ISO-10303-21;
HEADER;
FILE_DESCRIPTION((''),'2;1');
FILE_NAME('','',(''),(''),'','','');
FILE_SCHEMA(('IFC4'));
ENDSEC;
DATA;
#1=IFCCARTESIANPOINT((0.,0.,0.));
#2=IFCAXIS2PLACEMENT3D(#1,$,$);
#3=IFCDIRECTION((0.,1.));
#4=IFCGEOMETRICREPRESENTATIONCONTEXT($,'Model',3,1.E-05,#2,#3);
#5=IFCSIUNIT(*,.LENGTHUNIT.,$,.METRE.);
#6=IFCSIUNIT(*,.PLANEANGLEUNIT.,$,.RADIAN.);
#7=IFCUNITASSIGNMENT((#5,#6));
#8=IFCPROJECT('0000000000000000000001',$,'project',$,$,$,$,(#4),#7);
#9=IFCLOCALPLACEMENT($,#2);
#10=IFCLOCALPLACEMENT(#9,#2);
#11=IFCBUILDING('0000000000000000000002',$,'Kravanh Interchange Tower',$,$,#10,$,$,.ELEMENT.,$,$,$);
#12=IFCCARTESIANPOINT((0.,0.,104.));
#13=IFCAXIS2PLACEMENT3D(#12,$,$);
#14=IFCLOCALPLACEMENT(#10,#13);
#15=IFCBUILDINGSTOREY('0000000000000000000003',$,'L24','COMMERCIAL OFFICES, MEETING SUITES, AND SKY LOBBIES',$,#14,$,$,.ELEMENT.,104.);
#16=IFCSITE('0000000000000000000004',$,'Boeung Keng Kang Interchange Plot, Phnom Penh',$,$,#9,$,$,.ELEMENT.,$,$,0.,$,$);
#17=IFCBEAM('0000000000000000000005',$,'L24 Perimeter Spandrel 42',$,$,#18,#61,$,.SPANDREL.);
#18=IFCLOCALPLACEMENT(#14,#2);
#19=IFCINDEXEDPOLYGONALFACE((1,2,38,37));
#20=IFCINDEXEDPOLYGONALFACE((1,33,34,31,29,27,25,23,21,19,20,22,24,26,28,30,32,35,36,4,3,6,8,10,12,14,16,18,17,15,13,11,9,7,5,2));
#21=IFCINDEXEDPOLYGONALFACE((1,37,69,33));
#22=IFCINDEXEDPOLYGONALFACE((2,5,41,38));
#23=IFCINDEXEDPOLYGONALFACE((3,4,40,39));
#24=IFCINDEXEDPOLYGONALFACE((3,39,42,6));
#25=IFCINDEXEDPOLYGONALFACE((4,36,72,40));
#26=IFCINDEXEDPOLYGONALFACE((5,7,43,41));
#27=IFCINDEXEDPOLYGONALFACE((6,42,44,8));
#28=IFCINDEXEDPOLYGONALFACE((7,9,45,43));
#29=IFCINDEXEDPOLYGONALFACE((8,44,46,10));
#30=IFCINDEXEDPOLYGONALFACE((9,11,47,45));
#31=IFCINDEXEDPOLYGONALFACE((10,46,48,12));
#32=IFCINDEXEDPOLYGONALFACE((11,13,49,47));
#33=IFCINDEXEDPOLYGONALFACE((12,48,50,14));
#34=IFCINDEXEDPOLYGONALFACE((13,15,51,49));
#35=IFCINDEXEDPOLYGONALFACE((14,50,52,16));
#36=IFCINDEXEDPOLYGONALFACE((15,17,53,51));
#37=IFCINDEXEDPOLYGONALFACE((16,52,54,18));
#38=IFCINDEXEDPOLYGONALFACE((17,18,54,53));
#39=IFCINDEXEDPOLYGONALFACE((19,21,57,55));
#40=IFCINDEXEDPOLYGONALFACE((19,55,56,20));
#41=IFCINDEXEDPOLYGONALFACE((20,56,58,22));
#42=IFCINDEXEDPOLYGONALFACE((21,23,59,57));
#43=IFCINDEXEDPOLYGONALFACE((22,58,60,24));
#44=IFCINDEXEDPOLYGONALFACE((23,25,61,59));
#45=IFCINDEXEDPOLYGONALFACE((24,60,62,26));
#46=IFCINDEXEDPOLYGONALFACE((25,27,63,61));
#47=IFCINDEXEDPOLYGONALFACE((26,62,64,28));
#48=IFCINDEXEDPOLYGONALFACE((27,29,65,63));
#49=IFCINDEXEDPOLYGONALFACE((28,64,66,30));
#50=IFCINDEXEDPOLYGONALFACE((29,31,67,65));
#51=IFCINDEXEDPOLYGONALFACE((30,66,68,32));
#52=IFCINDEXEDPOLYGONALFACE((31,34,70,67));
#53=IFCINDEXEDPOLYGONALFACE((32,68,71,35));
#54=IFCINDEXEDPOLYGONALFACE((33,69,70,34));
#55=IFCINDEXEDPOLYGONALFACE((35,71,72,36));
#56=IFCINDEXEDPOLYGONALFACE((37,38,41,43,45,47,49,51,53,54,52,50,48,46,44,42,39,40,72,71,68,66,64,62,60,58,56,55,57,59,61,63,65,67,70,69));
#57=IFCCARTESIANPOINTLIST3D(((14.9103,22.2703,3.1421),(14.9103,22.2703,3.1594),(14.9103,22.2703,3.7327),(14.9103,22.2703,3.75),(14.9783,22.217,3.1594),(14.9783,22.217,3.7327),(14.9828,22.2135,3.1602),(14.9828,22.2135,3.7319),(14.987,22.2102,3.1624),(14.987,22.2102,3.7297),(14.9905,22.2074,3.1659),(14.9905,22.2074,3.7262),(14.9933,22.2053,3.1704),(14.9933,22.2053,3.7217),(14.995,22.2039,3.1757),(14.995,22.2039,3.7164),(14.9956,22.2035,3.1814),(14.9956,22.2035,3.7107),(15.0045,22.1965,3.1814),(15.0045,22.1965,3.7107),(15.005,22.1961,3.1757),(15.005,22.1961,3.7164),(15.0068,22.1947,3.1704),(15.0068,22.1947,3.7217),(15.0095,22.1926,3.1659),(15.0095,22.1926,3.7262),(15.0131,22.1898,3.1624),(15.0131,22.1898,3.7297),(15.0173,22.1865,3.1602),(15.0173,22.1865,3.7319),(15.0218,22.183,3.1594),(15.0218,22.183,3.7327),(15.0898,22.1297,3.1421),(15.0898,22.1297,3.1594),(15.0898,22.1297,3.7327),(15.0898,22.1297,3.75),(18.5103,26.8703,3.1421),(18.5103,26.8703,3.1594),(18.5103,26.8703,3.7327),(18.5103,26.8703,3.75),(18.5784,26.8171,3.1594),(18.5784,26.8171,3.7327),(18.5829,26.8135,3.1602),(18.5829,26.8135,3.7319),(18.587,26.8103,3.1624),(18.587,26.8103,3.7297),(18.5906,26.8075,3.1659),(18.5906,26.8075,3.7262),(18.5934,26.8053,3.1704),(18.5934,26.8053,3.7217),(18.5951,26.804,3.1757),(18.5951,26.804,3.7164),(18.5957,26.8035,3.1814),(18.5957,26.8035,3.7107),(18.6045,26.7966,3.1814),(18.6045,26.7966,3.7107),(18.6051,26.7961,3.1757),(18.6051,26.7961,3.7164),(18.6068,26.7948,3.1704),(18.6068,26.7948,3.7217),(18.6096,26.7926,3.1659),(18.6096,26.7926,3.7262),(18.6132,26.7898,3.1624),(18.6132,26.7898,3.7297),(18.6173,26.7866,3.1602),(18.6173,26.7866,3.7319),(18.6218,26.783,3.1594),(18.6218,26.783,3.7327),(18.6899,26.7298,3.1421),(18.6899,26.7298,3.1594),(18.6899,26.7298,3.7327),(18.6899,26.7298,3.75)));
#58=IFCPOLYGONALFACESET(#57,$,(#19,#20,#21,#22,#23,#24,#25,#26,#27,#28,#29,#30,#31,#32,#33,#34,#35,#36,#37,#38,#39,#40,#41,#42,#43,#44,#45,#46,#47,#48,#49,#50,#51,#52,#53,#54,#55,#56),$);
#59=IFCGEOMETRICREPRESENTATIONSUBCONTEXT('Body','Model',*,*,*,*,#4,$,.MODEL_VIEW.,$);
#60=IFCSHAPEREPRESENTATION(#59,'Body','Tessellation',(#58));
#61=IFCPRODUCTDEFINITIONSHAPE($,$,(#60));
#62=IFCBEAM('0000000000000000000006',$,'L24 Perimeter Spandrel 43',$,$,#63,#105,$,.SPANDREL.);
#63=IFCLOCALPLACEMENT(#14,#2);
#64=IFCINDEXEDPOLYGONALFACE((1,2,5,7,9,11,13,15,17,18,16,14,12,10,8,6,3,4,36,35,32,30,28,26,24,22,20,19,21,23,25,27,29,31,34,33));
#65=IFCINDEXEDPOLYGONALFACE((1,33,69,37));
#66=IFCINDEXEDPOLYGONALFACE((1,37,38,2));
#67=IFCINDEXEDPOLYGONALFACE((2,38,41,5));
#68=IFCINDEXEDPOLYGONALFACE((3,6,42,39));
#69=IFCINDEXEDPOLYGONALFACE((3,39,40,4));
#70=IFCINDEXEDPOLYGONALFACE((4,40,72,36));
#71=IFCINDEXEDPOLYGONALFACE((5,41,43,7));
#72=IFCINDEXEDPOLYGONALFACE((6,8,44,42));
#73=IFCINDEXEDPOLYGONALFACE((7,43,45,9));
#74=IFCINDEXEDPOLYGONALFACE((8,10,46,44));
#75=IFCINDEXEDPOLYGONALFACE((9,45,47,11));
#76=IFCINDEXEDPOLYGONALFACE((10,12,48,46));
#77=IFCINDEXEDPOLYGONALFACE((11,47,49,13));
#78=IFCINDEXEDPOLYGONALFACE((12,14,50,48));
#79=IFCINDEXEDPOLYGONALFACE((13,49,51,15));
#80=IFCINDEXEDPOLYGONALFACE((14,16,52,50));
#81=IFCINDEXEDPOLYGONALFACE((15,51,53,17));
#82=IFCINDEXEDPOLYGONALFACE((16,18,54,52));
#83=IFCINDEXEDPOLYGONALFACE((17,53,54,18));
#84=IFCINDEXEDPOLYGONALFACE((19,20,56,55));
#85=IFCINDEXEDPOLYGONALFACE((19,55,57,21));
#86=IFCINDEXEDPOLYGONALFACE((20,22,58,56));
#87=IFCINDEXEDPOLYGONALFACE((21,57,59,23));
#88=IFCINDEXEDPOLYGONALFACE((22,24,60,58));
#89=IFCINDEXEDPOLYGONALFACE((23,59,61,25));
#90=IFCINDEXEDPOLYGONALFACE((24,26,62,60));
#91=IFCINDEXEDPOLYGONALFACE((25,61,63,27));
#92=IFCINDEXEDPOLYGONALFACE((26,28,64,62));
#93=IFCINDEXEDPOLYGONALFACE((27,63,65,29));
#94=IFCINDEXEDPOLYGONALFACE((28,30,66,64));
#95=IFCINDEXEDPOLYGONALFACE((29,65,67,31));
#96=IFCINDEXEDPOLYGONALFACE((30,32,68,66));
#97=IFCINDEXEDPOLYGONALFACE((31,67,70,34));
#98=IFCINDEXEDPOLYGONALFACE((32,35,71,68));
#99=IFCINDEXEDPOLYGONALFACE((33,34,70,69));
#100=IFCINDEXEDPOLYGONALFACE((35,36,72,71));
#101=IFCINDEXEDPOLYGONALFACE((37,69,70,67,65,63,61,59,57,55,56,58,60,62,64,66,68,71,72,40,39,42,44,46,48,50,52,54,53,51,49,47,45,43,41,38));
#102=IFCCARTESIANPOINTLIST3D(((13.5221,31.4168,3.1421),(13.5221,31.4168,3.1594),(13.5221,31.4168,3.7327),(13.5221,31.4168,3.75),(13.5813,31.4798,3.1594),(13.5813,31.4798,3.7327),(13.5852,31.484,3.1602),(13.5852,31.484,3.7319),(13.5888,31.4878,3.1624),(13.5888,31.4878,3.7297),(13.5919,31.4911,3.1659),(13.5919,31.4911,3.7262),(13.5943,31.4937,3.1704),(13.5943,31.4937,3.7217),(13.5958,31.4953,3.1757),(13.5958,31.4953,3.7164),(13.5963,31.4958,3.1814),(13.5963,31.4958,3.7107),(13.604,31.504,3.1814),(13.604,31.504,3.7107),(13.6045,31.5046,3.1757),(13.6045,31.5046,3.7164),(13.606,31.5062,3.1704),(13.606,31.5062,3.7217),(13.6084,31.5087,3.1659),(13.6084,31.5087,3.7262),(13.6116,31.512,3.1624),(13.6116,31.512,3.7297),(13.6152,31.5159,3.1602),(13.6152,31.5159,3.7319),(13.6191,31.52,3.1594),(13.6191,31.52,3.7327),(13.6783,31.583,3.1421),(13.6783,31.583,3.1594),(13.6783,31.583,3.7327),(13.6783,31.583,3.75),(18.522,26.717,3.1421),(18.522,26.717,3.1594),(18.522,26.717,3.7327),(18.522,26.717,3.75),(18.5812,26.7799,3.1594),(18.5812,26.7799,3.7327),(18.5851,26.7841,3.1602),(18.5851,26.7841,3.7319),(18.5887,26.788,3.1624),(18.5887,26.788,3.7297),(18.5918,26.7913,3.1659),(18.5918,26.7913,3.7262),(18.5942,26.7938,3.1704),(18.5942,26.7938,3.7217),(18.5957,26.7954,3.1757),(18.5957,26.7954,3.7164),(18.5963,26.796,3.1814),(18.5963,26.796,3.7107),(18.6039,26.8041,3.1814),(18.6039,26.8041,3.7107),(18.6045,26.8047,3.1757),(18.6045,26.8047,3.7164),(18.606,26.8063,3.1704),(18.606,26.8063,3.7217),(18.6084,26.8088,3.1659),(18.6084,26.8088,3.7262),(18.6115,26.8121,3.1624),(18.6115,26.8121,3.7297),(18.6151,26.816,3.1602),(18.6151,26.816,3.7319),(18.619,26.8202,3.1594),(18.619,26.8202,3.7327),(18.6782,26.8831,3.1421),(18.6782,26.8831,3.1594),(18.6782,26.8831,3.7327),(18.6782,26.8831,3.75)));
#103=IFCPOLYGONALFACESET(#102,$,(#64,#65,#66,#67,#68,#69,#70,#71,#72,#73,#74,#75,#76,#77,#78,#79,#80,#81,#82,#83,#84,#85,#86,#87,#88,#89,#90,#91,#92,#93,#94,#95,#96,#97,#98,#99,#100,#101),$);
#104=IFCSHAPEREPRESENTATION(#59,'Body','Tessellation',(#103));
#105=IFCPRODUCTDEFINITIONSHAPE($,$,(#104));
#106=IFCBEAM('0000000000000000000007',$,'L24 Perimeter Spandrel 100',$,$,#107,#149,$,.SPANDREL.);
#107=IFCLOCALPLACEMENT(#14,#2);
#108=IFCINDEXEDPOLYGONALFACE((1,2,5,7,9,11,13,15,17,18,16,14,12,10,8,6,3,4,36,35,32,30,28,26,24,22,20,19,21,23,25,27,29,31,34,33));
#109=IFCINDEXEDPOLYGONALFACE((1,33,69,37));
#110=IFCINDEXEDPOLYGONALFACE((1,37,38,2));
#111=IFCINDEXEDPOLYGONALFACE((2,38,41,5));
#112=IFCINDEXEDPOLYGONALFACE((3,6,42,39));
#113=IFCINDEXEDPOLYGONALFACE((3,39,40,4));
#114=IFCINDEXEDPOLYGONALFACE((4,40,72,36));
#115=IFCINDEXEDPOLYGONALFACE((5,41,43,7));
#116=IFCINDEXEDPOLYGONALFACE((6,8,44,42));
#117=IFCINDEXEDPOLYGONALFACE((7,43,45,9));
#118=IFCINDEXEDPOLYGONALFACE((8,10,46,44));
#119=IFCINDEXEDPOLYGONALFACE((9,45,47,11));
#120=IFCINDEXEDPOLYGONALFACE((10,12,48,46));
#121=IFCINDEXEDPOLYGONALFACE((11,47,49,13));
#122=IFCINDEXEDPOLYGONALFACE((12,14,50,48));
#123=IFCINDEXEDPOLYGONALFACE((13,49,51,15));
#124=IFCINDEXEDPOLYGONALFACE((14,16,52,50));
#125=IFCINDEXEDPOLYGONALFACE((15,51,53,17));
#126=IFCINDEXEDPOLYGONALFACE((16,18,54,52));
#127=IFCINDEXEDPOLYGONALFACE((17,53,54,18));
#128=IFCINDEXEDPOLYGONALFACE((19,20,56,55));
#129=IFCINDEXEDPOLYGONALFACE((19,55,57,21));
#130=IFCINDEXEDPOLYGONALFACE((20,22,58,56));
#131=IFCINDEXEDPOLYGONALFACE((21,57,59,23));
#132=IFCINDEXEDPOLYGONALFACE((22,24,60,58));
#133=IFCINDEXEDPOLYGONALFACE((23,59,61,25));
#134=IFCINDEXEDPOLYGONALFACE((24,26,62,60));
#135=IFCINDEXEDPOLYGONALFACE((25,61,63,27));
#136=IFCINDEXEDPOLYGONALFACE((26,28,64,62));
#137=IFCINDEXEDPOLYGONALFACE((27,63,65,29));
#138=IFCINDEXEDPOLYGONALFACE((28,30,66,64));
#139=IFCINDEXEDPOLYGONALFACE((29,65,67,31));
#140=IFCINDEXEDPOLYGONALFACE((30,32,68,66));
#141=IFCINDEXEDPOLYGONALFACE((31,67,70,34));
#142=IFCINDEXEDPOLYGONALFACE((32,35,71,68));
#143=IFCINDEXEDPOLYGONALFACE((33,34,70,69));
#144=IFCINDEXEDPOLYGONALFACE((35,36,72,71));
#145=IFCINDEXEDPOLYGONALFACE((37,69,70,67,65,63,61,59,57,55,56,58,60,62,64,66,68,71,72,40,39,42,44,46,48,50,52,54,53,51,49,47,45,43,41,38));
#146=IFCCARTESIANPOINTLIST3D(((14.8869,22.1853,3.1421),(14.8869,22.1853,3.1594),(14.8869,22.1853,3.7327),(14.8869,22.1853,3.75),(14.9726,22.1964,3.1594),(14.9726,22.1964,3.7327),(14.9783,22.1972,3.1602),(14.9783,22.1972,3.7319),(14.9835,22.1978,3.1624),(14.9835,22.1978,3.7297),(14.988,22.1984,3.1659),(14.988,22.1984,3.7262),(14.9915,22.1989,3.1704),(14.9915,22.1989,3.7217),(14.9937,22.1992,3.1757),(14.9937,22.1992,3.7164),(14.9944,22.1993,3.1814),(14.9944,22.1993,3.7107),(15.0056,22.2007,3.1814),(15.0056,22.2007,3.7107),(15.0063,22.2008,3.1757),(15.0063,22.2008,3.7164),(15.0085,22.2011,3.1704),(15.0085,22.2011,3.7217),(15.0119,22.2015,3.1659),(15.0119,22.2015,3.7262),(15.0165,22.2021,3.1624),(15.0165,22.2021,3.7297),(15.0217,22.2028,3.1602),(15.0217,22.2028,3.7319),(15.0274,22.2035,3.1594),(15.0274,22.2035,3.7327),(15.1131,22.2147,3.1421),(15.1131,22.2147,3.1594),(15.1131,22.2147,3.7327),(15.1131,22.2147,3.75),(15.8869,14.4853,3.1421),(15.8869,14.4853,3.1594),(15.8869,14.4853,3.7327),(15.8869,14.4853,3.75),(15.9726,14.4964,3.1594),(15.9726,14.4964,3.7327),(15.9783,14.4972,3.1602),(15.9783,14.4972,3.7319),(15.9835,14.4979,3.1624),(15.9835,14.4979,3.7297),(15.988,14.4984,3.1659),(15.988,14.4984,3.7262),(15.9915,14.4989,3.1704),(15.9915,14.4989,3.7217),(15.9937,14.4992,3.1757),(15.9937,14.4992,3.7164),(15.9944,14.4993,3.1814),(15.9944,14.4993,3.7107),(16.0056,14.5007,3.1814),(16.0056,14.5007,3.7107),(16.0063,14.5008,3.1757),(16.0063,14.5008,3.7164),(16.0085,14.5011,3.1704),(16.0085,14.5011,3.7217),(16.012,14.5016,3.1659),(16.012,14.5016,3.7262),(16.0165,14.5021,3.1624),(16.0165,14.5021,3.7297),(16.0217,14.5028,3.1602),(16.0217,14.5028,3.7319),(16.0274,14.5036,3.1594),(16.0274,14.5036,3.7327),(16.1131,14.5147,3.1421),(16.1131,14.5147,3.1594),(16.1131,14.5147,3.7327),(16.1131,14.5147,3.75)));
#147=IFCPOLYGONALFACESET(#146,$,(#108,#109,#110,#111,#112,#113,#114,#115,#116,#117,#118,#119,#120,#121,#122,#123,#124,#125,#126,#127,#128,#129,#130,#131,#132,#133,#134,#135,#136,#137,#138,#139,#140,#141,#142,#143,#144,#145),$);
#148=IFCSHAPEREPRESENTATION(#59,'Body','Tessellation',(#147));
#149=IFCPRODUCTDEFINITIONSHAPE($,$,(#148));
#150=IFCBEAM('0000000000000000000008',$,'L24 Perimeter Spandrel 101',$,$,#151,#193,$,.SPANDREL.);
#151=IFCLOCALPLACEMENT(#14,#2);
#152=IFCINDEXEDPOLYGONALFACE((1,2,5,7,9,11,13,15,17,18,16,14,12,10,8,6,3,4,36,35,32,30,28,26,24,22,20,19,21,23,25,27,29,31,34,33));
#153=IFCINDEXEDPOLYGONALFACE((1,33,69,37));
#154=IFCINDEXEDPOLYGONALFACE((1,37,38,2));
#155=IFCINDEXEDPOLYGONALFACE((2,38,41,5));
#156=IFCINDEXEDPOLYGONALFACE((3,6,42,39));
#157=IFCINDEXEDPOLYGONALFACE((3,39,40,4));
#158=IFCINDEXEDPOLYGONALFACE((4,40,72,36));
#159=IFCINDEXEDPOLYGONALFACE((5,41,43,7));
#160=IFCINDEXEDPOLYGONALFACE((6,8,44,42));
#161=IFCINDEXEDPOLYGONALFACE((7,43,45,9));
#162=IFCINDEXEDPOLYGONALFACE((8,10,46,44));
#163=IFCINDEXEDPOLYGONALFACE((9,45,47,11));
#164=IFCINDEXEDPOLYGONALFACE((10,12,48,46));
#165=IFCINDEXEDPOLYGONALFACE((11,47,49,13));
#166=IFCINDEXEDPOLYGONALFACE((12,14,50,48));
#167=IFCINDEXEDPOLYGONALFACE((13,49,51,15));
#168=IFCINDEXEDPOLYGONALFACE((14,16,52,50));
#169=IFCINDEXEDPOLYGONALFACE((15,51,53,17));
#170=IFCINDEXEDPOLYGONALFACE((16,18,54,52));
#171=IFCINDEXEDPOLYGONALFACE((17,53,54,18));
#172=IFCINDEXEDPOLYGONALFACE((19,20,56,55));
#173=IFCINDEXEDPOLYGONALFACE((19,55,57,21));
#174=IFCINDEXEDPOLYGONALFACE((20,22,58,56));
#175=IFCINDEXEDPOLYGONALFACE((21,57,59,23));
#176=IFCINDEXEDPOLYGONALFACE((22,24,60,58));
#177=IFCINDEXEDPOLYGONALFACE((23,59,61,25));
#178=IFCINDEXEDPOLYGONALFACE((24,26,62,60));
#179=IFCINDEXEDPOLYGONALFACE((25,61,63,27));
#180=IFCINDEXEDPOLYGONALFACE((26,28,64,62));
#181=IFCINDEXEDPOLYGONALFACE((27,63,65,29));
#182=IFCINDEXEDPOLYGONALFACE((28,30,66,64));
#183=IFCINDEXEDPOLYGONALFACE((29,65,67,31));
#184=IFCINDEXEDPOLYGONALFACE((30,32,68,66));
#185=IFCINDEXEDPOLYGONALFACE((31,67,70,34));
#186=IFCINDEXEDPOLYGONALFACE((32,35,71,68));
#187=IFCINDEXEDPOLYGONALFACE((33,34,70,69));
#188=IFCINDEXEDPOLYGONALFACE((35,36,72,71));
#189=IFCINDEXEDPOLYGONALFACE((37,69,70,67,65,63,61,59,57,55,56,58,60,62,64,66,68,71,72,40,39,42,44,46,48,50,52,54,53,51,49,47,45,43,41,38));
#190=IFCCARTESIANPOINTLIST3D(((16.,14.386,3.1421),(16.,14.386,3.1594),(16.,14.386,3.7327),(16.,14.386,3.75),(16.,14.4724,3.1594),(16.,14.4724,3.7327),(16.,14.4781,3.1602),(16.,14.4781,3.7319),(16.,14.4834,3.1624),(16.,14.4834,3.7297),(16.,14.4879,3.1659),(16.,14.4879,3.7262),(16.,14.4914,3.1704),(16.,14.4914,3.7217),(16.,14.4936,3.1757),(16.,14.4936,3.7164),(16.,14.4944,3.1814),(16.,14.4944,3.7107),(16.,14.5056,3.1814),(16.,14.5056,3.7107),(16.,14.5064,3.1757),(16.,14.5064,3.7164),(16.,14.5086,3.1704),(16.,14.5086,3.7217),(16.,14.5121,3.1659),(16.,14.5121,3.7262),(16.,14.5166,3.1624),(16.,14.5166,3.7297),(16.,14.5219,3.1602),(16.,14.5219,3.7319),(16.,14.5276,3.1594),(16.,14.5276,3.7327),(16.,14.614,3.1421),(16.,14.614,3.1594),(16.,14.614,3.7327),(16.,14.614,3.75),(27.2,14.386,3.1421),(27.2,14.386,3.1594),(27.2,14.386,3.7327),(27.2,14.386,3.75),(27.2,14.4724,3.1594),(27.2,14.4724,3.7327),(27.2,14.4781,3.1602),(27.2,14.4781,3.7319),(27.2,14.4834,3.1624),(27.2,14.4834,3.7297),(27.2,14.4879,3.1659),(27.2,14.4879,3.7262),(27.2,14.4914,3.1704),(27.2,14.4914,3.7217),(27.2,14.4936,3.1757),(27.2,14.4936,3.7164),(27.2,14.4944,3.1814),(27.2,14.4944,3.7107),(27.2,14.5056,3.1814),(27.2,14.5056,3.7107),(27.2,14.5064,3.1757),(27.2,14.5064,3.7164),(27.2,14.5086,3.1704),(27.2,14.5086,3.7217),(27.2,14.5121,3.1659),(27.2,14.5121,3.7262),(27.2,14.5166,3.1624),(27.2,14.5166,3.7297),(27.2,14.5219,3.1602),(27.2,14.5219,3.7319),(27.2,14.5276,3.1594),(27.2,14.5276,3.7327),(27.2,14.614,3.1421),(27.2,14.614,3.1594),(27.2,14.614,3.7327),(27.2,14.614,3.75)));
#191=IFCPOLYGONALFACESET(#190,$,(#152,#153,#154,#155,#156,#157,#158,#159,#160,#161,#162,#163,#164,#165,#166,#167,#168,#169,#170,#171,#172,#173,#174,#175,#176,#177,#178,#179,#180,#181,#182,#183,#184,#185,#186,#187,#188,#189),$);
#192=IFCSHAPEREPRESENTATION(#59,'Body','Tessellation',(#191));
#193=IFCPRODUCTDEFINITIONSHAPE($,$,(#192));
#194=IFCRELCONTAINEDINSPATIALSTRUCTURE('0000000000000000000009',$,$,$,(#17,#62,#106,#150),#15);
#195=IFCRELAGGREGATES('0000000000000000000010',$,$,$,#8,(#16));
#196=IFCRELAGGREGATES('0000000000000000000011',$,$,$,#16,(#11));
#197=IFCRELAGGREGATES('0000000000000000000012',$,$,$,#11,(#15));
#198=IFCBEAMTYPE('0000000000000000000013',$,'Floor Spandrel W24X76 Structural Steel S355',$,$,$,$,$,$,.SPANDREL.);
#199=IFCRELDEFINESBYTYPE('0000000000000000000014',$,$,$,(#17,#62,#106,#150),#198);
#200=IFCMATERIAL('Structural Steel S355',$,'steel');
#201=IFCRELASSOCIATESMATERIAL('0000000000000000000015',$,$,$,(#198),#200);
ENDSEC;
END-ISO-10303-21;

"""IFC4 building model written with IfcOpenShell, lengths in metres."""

from ifc_helpers import new_model, si_unit, direction, frame, origin, origin_2d, place, context, subcontext, project, spatial, i_section, extrude, material, material_profile, profile_set, type_object, element, save


model = new_model("IFC4")

# Units and contexts
model_context = context("Model", 3, precision=1e-05, world=origin(), true_north=direction((0.0, 1.0)))
body_context = subcontext(model_context, "Body", "Model", "MODEL_VIEW")
ifc_project = project(units=[si_unit("LENGTHUNIT", "METRE"), si_unit("PLANEANGLEUNIT", "RADIAN")], contexts=[model_context])

# Site, building, storey
site_placement = place(None, origin())
site = spatial("IfcSite", under=ifc_project, at=site_placement, Name="Boeung Keng Kang Interchange Plot, Phnom Penh", CompositionType="ELEMENT", RefElevation=0.0)
building_placement = place(site_placement, origin())
building = spatial("IfcBuilding", under=site, at=building_placement, Name="Kravanh Interchange Tower", CompositionType="ELEMENT")
storey_placement = place(building_placement, frame((0.0, 0.0, 104.0)))
storey = spatial("IfcBuildingStorey", under=building, at=storey_placement, Name="L24", Description="COMMERCIAL OFFICES, MEETING SUITES, AND SKY LOBBIES", CompositionType="ELEMENT", Elevation=104.0)

# Beams
ifc_material_1 = material(Name="Structural Steel S355", Category="steel")
ifc_material_profile_1 = material_profile(ifc_material_1, i_section(OverallWidth=0.228, OverallDepth=0.6079, WebThickness=0.0112, FlangeThickness=0.0173, FilletRadius=0.022, at=origin_2d()), Name="W24X76")
ifc_profile_set_1 = profile_set([ifc_material_profile_1], Name="Structural Steel S355")
beam_type_1 = type_object("IfcBeamType", Name="Floor Spandrel W24X76 Structural Steel S355", PredefinedType="SPANDREL", material=ifc_profile_set_1)
beam_1_placement = place(storey_placement, frame((18.6001, 26.8, 3.446), z_axis=(-0.616311, -0.787503, 0.0), x_axis=(0.787503, -0.616311, 0.0)))
element("IfcBeam", 1, at=beam_1_placement, inside=storey, type_object=beam_type_1, Name="L24 Perimeter Spandrel 42", PredefinedType="SPANDREL", context=body_context, shape_type="SweptSolid", body=[
    extrude(i_section(OverallWidth=0.228, OverallDepth=0.6079, WebThickness=0.0112, FlangeThickness=0.0173, FilletRadius=0.022, at=origin_2d()), origin(), (0.0, 0.0, 1.0), 5.8413),
])
beam_2_placement = place(storey_placement, frame((18.6001, 26.8, 3.446), z_axis=(-0.728631, 0.684906, 0.0), x_axis=(-0.684906, -0.728631, 0.0)))
element("IfcBeam", 2, at=beam_2_placement, inside=storey, type_object=beam_type_1, Name="L24 Perimeter Spandrel 43", PredefinedType="SPANDREL", context=body_context, shape_type="SweptSolid", body=[
    extrude(i_section(OverallWidth=0.228, OverallDepth=0.6079, WebThickness=0.0112, FlangeThickness=0.0173, FilletRadius=0.022, at=origin_2d()), origin(), (0.0, 0.0, 1.0), 6.8621),
])
beam_3_placement = place(storey_placement, frame((16.0, 14.5, 3.446), z_axis=(-0.128789, 0.991672, 0.0), x_axis=(-0.991672, -0.128789, 0.0)))
element("IfcBeam", 3, at=beam_3_placement, inside=storey, type_object=beam_type_1, Name="L24 Perimeter Spandrel 100", PredefinedType="SPANDREL", context=body_context, shape_type="SweptSolid", body=[
    extrude(i_section(OverallWidth=0.228, OverallDepth=0.6079, WebThickness=0.0112, FlangeThickness=0.0173, FilletRadius=0.022, at=origin_2d()), origin(), (0.0, 0.0, 1.0), 7.7646),
])
beam_4_placement = place(storey_placement, frame((16.0, 14.5, 3.446), z_axis=(1.0, 0.0, 0.0), x_axis=(0.0, 1.0, 0.0)))
element("IfcBeam", 4, at=beam_4_placement, inside=storey, type_object=beam_type_1, Name="L24 Perimeter Spandrel 101", PredefinedType="SPANDREL", context=body_context, shape_type="SweptSolid", body=[
    extrude(i_section(OverallWidth=0.228, OverallDepth=0.6079, WebThickness=0.0112, FlangeThickness=0.0173, FilletRadius=0.022, at=origin_2d()), origin(), (0.0, 0.0, 1.0), 11.2),
])

save(model, "model.ifc")
